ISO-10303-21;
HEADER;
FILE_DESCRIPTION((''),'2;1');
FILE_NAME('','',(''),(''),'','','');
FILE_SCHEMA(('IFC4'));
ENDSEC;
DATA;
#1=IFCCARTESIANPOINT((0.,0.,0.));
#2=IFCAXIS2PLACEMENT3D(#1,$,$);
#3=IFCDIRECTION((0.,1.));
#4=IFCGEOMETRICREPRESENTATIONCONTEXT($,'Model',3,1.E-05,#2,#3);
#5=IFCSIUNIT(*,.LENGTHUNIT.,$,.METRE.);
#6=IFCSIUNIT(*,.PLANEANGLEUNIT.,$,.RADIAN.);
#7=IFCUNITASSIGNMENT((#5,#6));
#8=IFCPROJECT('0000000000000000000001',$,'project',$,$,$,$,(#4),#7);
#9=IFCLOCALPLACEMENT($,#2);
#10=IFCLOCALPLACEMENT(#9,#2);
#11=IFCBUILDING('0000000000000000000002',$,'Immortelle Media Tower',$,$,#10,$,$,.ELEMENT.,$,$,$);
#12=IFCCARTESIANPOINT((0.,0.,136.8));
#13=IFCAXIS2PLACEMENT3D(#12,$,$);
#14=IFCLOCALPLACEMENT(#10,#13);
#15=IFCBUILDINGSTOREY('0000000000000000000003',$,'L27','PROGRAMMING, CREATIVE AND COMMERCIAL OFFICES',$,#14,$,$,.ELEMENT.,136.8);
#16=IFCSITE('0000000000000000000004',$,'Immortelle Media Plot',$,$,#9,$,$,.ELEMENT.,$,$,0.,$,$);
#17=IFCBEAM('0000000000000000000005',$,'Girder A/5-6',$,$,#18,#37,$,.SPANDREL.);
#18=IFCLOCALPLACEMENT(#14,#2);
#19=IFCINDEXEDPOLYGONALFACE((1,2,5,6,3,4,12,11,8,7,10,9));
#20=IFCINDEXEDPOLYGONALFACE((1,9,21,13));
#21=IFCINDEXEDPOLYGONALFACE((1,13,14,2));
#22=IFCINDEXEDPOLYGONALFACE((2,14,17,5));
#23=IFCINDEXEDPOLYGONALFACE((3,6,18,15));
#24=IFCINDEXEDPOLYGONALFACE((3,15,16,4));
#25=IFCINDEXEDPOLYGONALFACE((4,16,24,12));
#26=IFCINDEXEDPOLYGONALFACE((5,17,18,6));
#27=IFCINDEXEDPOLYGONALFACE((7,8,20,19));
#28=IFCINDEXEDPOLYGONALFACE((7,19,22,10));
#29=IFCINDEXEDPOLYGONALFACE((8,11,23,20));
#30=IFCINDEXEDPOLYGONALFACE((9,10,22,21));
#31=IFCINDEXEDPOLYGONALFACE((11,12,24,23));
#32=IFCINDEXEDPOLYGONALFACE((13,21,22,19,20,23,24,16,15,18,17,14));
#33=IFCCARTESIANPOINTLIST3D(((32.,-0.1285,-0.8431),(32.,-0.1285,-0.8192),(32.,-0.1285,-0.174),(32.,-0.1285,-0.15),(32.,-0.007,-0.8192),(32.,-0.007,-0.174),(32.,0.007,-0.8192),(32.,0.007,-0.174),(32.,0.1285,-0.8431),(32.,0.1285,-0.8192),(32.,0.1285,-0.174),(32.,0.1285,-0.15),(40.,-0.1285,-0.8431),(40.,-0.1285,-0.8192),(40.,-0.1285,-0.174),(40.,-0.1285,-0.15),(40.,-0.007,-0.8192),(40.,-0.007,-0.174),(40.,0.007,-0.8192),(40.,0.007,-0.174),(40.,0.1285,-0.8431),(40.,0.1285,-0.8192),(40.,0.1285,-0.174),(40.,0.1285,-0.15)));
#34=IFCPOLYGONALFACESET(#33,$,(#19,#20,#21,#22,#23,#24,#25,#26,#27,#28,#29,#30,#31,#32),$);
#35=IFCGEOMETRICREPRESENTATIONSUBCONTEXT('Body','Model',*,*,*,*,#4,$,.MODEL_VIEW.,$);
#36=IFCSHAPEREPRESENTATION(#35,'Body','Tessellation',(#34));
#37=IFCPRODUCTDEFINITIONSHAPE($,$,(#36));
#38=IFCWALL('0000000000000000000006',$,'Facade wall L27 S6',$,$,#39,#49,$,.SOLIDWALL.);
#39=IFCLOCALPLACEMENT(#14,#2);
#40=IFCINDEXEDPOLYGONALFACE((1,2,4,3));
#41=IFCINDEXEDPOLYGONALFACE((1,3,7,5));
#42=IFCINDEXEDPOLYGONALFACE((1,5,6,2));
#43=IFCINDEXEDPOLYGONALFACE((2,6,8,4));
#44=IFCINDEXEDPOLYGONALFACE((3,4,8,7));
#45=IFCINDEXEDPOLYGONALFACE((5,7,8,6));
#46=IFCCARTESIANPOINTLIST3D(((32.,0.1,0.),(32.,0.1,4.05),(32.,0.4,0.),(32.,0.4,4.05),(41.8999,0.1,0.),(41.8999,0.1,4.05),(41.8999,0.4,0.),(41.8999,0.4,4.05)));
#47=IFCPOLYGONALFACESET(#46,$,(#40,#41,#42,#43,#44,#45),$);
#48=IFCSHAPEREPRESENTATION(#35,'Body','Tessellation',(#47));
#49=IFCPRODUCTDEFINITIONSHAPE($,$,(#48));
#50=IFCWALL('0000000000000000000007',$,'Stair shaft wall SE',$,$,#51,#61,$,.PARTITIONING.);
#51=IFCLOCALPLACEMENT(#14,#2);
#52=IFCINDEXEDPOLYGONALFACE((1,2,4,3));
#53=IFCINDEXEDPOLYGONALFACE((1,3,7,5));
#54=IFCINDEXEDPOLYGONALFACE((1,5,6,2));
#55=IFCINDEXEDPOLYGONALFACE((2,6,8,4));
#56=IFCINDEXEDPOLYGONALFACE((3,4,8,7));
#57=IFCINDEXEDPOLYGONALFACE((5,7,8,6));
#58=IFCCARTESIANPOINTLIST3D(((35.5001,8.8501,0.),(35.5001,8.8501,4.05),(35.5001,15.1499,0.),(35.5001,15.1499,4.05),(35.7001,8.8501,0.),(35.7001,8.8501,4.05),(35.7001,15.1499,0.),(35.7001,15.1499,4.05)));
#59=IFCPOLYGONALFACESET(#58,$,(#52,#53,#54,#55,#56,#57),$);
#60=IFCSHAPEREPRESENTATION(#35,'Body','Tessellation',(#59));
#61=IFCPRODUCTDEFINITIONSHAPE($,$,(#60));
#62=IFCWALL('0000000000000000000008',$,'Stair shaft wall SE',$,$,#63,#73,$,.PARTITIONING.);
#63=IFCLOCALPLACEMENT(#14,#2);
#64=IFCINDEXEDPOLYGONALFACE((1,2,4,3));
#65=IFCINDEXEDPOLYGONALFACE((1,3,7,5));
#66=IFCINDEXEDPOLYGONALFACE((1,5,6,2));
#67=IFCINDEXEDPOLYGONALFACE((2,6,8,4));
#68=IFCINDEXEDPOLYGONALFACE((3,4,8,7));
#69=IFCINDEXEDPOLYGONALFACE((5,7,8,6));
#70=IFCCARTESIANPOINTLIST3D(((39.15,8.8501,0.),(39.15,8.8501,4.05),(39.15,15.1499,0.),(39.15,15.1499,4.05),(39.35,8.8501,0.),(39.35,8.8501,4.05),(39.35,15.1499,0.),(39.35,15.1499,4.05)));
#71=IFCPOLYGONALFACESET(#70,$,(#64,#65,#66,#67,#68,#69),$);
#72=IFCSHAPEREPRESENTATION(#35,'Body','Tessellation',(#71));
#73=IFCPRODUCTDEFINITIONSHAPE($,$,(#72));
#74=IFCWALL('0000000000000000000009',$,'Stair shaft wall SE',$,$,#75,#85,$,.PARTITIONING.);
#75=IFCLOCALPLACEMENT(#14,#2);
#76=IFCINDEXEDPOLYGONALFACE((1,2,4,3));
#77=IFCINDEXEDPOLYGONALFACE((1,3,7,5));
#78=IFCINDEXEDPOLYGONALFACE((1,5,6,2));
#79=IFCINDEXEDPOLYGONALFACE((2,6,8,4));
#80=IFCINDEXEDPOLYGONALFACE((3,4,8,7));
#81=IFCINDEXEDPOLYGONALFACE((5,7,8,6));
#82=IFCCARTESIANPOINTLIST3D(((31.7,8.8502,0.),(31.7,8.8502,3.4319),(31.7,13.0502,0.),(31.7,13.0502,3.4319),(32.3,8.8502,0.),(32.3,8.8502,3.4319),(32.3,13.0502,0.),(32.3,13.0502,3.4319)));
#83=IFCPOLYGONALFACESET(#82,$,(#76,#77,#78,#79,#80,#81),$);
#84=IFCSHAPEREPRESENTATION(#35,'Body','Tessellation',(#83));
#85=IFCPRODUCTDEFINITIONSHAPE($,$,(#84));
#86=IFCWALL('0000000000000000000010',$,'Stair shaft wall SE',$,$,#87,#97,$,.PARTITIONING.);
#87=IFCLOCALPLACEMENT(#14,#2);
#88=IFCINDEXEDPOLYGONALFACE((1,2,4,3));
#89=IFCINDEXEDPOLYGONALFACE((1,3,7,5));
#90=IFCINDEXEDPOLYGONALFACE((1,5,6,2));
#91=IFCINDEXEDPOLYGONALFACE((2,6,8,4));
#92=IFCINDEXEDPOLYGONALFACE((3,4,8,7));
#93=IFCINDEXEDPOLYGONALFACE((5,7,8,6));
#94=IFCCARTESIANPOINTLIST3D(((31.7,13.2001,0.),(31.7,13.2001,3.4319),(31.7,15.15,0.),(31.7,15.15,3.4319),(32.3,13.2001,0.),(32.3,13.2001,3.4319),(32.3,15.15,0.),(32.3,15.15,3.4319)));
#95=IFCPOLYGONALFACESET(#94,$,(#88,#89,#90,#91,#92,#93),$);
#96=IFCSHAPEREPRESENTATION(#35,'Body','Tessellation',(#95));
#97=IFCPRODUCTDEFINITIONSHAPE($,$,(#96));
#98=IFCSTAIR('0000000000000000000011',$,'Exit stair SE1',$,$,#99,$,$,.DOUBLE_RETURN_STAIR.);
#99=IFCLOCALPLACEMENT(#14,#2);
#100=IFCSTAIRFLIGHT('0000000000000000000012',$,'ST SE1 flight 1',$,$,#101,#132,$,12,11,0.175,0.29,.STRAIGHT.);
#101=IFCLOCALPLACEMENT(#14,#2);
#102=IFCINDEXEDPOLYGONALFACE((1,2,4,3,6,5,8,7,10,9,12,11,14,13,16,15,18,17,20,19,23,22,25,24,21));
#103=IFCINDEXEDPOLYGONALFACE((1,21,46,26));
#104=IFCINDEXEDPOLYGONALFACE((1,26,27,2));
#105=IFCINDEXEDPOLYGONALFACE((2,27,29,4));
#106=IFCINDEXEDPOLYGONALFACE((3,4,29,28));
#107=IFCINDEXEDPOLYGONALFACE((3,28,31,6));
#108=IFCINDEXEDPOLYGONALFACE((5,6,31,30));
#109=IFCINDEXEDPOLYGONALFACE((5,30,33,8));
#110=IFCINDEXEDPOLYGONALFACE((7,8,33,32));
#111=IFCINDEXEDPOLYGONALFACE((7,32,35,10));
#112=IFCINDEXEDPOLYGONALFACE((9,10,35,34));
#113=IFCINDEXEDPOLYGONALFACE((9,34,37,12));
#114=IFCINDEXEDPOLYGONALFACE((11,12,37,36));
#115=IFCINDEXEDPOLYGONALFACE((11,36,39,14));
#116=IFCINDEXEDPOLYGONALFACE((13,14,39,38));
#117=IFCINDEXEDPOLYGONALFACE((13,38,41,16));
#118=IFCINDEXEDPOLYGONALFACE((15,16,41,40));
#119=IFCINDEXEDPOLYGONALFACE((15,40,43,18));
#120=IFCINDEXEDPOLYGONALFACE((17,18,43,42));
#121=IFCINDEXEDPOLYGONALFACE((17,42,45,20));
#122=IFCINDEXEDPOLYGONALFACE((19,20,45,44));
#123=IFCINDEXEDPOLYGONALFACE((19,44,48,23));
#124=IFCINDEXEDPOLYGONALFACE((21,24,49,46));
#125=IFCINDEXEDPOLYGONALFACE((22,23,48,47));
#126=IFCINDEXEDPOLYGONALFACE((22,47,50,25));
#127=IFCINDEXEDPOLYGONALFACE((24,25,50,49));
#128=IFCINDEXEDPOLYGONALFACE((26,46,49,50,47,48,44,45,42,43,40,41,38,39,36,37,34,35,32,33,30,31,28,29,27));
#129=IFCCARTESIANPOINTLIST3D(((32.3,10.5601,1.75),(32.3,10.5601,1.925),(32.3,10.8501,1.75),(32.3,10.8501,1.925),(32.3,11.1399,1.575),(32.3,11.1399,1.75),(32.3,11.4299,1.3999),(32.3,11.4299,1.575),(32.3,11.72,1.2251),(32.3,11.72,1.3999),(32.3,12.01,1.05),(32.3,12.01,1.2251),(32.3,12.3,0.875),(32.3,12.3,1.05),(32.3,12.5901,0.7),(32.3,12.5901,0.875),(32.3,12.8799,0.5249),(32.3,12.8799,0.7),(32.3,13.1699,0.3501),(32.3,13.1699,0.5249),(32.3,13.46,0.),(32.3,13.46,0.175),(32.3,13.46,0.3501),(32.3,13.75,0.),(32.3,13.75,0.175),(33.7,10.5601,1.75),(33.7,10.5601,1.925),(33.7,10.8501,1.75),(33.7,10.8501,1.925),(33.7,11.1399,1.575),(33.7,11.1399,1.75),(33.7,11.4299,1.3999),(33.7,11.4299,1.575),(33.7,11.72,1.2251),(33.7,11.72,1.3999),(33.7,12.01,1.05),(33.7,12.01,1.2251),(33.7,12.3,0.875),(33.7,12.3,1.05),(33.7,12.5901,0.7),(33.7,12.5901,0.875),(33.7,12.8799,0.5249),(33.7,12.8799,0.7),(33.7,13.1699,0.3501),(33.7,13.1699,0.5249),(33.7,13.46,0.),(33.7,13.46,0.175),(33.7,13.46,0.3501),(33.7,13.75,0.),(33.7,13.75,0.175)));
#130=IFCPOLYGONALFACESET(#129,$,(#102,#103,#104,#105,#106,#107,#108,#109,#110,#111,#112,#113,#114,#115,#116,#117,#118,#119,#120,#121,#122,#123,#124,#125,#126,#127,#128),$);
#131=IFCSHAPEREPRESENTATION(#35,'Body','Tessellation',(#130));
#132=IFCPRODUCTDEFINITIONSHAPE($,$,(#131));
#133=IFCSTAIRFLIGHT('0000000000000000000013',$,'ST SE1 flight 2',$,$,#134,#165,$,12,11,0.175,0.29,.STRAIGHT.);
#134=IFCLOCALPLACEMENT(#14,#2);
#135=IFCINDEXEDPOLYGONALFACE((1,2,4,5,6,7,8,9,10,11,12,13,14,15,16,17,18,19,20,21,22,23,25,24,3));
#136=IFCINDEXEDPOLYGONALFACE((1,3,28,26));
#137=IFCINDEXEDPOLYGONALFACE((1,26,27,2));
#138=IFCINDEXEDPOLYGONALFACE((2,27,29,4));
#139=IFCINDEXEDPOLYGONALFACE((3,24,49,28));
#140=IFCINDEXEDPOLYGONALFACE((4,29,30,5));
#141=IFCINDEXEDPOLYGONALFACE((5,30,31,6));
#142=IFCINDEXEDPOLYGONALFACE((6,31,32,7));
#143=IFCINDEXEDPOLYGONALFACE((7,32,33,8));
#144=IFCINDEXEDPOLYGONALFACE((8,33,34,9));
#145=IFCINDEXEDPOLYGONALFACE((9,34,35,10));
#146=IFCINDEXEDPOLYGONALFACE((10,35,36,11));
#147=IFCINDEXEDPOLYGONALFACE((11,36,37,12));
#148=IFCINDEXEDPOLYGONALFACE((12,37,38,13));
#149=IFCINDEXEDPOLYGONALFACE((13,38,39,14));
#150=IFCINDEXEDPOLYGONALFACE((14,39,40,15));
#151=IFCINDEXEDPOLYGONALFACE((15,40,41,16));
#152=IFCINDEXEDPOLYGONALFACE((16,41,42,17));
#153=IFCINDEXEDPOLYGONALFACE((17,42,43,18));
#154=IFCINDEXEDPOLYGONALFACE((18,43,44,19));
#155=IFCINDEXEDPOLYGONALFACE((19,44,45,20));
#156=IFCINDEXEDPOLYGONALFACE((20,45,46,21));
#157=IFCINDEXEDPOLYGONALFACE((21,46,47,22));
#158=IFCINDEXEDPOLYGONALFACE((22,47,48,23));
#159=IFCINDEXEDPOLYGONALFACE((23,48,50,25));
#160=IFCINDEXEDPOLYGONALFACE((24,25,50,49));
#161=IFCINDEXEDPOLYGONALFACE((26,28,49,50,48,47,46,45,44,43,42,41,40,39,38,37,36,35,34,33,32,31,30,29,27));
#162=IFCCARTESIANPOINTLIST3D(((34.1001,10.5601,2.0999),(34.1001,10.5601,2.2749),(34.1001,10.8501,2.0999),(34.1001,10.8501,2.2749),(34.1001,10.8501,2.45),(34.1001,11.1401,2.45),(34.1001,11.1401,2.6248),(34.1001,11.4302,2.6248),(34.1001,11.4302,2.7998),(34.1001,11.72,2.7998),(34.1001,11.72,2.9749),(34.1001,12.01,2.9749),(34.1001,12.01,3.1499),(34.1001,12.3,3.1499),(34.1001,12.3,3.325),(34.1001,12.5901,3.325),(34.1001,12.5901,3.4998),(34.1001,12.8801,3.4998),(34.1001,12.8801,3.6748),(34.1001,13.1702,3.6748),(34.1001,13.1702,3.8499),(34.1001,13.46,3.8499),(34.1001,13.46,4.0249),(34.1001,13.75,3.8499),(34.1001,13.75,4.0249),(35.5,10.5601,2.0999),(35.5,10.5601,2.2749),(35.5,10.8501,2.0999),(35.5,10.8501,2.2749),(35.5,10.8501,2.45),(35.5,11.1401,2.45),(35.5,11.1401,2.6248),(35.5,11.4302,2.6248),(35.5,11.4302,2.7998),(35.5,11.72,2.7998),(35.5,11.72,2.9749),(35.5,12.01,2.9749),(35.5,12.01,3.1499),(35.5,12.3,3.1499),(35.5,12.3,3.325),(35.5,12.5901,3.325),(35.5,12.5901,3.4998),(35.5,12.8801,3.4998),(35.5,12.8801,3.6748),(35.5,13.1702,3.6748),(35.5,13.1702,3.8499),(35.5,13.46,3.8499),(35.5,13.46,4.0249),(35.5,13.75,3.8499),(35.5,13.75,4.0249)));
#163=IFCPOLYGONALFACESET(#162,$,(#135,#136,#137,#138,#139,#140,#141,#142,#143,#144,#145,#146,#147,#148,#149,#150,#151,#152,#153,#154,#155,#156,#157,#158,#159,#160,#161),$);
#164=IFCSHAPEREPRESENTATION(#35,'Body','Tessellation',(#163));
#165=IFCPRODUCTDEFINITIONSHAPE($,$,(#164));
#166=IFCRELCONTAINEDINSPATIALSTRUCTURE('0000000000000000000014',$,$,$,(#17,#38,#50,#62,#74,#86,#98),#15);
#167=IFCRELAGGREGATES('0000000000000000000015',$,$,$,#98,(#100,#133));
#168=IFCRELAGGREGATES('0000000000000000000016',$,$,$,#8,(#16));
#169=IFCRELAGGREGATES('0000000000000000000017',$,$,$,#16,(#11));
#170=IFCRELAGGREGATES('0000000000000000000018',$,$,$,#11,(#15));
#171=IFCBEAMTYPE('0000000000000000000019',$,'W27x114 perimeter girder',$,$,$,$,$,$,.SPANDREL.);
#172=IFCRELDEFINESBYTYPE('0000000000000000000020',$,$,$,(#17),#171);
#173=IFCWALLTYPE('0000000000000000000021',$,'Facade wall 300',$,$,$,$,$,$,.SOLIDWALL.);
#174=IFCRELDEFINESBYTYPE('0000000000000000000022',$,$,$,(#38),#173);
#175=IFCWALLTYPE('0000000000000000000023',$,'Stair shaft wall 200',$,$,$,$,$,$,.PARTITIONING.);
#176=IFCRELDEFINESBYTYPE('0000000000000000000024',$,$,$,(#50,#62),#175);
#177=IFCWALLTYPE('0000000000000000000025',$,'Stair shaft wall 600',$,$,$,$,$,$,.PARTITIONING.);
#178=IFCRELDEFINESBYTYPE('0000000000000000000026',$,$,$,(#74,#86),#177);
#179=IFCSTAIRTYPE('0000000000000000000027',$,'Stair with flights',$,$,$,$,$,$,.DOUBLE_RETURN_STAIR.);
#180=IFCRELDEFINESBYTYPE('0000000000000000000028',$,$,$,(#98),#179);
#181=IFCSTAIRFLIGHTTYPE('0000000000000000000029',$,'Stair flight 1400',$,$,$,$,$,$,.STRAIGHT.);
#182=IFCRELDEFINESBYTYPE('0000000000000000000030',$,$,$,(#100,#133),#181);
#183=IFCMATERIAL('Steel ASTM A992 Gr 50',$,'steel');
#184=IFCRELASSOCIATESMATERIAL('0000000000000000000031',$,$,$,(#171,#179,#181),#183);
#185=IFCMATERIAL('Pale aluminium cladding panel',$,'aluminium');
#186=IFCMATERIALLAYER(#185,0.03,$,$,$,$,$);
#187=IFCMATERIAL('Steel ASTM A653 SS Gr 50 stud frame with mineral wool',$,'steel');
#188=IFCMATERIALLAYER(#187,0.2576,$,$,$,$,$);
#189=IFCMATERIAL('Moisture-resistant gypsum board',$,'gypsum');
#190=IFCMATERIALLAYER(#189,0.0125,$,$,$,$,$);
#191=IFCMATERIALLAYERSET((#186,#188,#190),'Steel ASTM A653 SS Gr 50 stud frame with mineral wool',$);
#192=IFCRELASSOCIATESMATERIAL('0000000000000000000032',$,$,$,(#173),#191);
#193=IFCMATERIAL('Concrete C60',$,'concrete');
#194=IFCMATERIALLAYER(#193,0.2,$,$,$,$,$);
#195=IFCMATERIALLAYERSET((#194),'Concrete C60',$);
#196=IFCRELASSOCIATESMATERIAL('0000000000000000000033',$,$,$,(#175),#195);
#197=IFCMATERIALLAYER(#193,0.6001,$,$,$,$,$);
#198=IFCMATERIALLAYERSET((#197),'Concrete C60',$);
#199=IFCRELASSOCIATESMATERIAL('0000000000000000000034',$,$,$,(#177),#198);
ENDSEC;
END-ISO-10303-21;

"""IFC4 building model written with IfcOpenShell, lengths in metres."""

from ifc_helpers import new_model, si_unit, direction, frame, frame_2d, origin, origin_2d, place, context, subcontext, project, spatial, polyline, rectangle, i_section, outline, extrude, material, layer, layer_set, material_profile, profile_set, type_object, element, aggregate, save


model = new_model("IFC4")

# Units and contexts
model_context = context("Model", 3, precision=1e-05, world=origin(), true_north=direction((0.0, 1.0)))
body_context = subcontext(model_context, "Body", "Model", "MODEL_VIEW")
ifc_project = project(units=[si_unit("LENGTHUNIT", "METRE"), si_unit("PLANEANGLEUNIT", "RADIAN")], contexts=[model_context])

# Site, building, storey
site_placement = place(None, origin())
site = spatial("IfcSite", under=ifc_project, at=site_placement, Name="Immortelle Media Plot", CompositionType="ELEMENT", RefElevation=0.0)
building_placement = place(site_placement, origin())
building = spatial("IfcBuilding", under=site, at=building_placement, Name="Immortelle Media Tower", CompositionType="ELEMENT")
storey_placement = place(building_placement, frame((0.0, 0.0, 136.8)))
storey = spatial("IfcBuildingStorey", under=building, at=storey_placement, Name="L27", Description="PROGRAMMING, CREATIVE AND COMMERCIAL OFFICES", CompositionType="ELEMENT", Elevation=136.8)

# Shared definitions
ifc_material_1 = material(Name="Steel ASTM A992 Gr 50", Category="steel")

# Beam
ifc_material_profile_1 = material_profile(ifc_material_1, i_section(OverallWidth=0.2571, OverallDepth=0.6931, WebThickness=0.0139, FlangeThickness=0.0239, at=origin_2d()), Name="W27x114")
ifc_profile_set_1 = profile_set([ifc_material_profile_1], Name="Steel ASTM A992 Gr 50")
beam_type_1 = type_object("IfcBeamType", Name="W27x114 perimeter girder", PredefinedType="SPANDREL", material=ifc_profile_set_1)
beam_1_placement = place(storey_placement, frame((32.0, 0.0, -0.4966), z_axis=(1.0, 0.0, 0.0), x_axis=(0.0, 1.0, 0.0)))
element("IfcBeam", 1, at=beam_1_placement, inside=storey, type_object=beam_type_1, Name="Girder A/5-6", PredefinedType="SPANDREL", context=body_context, shape_type="SweptSolid", body=[
    extrude(i_section(OverallWidth=0.2571, OverallDepth=0.6931, WebThickness=0.0139, FlangeThickness=0.0239, at=origin_2d()), origin(), (0.0, 0.0, 1.0), 8.0),
])

# Walls
ifc_material_2 = material(Name="Pale aluminium cladding panel", Category="aluminium")
ifc_layer_1 = layer(ifc_material_2, 0.03)
ifc_material_3 = material(Name="Steel ASTM A653 SS Gr 50 stud frame with mineral wool", Category="steel")
ifc_layer_2 = layer(ifc_material_3, 0.2576)
ifc_material_4 = material(Name="Moisture-resistant gypsum board", Category="gypsum")
ifc_layer_3 = layer(ifc_material_4, 0.0125)
ifc_layer_set_1 = layer_set([ifc_layer_1, ifc_layer_2, ifc_layer_3], Name="Steel ASTM A653 SS Gr 50 stud frame with mineral wool")
wall_type_1 = type_object("IfcWallType", Name="Facade wall 300", PredefinedType="SOLIDWALL", material=ifc_layer_set_1)
wall_1_placement = place(storey_placement, frame((32.0, 0.25, 0.0), z_axis=(0.0, 0.0, 1.0), x_axis=(1.0, 0.0, 0.0)))
element("IfcWall", 2, at=wall_1_placement, inside=storey, type_object=wall_type_1, Name="Facade wall L27 S6", PredefinedType="SOLIDWALL", context=body_context, shape_type="SweptSolid", body=[
    extrude(rectangle(XDim=9.8999, YDim=0.3, at=frame_2d((4.95, 0.0))), origin(), (0.0, 0.0, 1.0), 4.05),
])
ifc_material_5 = material(Name="Concrete C60", Category="concrete")
ifc_layer_4 = layer(ifc_material_5, 0.2)
ifc_layer_set_2 = layer_set([ifc_layer_4], Name="Concrete C60")
wall_type_2 = type_object("IfcWallType", Name="Stair shaft wall 200", PredefinedType="PARTITIONING", material=ifc_layer_set_2)
for number, where, z_axis, x_axis, name in (
    (3, (35.6001, 8.8501, 0.0), (0.0, 0.0, 1.0), (0.0, 1.0, 0.0), "Stair shaft wall SE"),
    (4, (39.25, 8.8501, 0.0), (0.0, 0.0, 1.0), (0.0, 1.0, 0.0), "Stair shaft wall SE"),
):
    element("IfcWall", number, at=place(storey_placement, frame(where, z_axis=z_axis, x_axis=x_axis)), inside=storey, type_object=wall_type_2, Name=name, PredefinedType="PARTITIONING", context=body_context, shape_type="SweptSolid", body=[
        extrude(rectangle(XDim=6.2998, YDim=0.2, at=frame_2d((3.1499, 0.0))), origin(), (0.0, 0.0, 1.0), 4.05),
    ])
ifc_layer_5 = layer(ifc_material_5, 0.6001)
ifc_layer_set_3 = layer_set([ifc_layer_5], Name="Concrete C60")
wall_type_3 = type_object("IfcWallType", Name="Stair shaft wall 600", PredefinedType="PARTITIONING", material=ifc_layer_set_3)
wall_2_placement = place(storey_placement, frame((32.0, 8.8501, 0.0), z_axis=(0.0, 0.0, 1.0), x_axis=(0.0, 1.0, 0.0)))
element("IfcWall", 5, at=wall_2_placement, inside=storey, type_object=wall_type_3, Name="Stair shaft wall SE", PredefinedType="PARTITIONING", context=body_context, shape_type="SweptSolid", body=[
    extrude(rectangle(XDim=4.2, YDim=0.6001, at=frame_2d((2.1001, 0.0))), origin(), (0.0, 0.0, 1.0), 3.4319),
])
wall_3_placement = place(storey_placement, frame((32.0, 13.2, 0.0), z_axis=(0.0, 0.0, 1.0), x_axis=(0.0, 1.0, 0.0)))
element("IfcWall", 6, at=wall_3_placement, inside=storey, type_object=wall_type_3, Name="Stair shaft wall SE", PredefinedType="PARTITIONING", context=body_context, shape_type="SweptSolid", body=[
    extrude(rectangle(XDim=1.95, YDim=0.6001, at=frame_2d((0.9751, 0.0))), origin(), (0.0, 0.0, 1.0), 3.4319),
])

# Stair, stair flights
stair_type = type_object("IfcStairType", Name="Stair with flights", PredefinedType="DOUBLE_RETURN_STAIR", material=ifc_material_1)
stair_1_placement = place(storey_placement, origin())
stair_1 = element("IfcStair", 7, at=stair_1_placement, inside=storey, type_object=stair_type, Name="Exit stair SE1", PredefinedType="DOUBLE_RETURN_STAIR")
stair_flight_type = type_object("IfcStairFlightType", Name="Stair flight 1400", PredefinedType="STRAIGHT", material=ifc_material_1)
stair_flight_1_placement = place(storey_placement, frame((33.0, 13.75, 0.0), z_axis=(0.0, 0.0, 1.0), x_axis=(0.0, -1.0, 0.0)))
stair_flight_1 = element("IfcStairFlight", 8, at=stair_flight_1_placement, type_object=stair_flight_type, Name="ST SE1 flight 1", NumberOfRisers=12, NumberOfTreads=11, PredefinedType="STRAIGHT", RiserHeight=0.175, TreadLength=0.29, context=body_context, shape_type="SweptSolid", body=[
    extrude(outline(polyline([(0.0, 0.0), (0.0, 0.175), (0.29, 0.175), (0.29, 0.3501), (0.5801, 0.3501), (0.5801, 0.5249), (0.8701, 0.5249), (0.8701, 0.7), (1.1599, 0.7), (1.1599, 0.875), (1.45, 0.875), (1.45, 1.05), (1.74, 1.05), (1.74, 1.2251), (2.03, 1.2251), (2.03, 1.3999), (2.3201, 1.3999), (2.3201, 1.575), (2.6101, 1.575), (2.6101, 1.75), (2.8999, 1.75), (2.8999, 1.925), (3.1899, 1.925), (3.1899, 2.1001), (3.1899, 1.75), (0.29, 0.0), (0.0, 0.0)])), frame((0.0, 0.7, 0.0), z_axis=(0.0, -1.0, 0.0), x_axis=(1.0, 0.0, 0.0)), (0.0, 0.0, 1.0), 1.3999),
])
stair_flight_2_placement = place(storey_placement, frame((34.8, 10.5601, 2.0999), z_axis=(0.0, 0.0, 1.0), x_axis=(0.0, 1.0, 0.0)))
stair_flight_2 = element("IfcStairFlight", 9, at=stair_flight_2_placement, type_object=stair_flight_type, Name="ST SE1 flight 2", NumberOfRisers=12, NumberOfTreads=11, PredefinedType="STRAIGHT", RiserHeight=0.175, TreadLength=0.29, context=body_context, shape_type="SweptSolid", body=[
    extrude(outline(polyline([(0.0, 0.0), (0.0, 0.175), (0.29, 0.175), (0.29, 0.3501), (0.5801, 0.3501), (0.5801, 0.5249), (0.8701, 0.5249), (0.8701, 0.7), (1.1599, 0.7), (1.1599, 0.875), (1.45, 0.875), (1.45, 1.05), (1.74, 1.05), (1.74, 1.2251), (2.03, 1.2251), (2.03, 1.3999), (2.3201, 1.3999), (2.3201, 1.575), (2.6101, 1.575), (2.6101, 1.75), (2.8999, 1.75), (2.8999, 1.925), (3.1899, 1.925), (3.1899, 2.1001), (3.1899, 1.75), (0.29, 0.0), (0.0, 0.0)])), frame((0.0, 0.7, 0.0), z_axis=(0.0, -1.0, 0.0), x_axis=(1.0, 0.0, 0.0)), (0.0, 0.0, 1.0), 1.3999),
])
aggregate(stair_1, [stair_flight_1, stair_flight_2])

save(model, "model.ifc")
